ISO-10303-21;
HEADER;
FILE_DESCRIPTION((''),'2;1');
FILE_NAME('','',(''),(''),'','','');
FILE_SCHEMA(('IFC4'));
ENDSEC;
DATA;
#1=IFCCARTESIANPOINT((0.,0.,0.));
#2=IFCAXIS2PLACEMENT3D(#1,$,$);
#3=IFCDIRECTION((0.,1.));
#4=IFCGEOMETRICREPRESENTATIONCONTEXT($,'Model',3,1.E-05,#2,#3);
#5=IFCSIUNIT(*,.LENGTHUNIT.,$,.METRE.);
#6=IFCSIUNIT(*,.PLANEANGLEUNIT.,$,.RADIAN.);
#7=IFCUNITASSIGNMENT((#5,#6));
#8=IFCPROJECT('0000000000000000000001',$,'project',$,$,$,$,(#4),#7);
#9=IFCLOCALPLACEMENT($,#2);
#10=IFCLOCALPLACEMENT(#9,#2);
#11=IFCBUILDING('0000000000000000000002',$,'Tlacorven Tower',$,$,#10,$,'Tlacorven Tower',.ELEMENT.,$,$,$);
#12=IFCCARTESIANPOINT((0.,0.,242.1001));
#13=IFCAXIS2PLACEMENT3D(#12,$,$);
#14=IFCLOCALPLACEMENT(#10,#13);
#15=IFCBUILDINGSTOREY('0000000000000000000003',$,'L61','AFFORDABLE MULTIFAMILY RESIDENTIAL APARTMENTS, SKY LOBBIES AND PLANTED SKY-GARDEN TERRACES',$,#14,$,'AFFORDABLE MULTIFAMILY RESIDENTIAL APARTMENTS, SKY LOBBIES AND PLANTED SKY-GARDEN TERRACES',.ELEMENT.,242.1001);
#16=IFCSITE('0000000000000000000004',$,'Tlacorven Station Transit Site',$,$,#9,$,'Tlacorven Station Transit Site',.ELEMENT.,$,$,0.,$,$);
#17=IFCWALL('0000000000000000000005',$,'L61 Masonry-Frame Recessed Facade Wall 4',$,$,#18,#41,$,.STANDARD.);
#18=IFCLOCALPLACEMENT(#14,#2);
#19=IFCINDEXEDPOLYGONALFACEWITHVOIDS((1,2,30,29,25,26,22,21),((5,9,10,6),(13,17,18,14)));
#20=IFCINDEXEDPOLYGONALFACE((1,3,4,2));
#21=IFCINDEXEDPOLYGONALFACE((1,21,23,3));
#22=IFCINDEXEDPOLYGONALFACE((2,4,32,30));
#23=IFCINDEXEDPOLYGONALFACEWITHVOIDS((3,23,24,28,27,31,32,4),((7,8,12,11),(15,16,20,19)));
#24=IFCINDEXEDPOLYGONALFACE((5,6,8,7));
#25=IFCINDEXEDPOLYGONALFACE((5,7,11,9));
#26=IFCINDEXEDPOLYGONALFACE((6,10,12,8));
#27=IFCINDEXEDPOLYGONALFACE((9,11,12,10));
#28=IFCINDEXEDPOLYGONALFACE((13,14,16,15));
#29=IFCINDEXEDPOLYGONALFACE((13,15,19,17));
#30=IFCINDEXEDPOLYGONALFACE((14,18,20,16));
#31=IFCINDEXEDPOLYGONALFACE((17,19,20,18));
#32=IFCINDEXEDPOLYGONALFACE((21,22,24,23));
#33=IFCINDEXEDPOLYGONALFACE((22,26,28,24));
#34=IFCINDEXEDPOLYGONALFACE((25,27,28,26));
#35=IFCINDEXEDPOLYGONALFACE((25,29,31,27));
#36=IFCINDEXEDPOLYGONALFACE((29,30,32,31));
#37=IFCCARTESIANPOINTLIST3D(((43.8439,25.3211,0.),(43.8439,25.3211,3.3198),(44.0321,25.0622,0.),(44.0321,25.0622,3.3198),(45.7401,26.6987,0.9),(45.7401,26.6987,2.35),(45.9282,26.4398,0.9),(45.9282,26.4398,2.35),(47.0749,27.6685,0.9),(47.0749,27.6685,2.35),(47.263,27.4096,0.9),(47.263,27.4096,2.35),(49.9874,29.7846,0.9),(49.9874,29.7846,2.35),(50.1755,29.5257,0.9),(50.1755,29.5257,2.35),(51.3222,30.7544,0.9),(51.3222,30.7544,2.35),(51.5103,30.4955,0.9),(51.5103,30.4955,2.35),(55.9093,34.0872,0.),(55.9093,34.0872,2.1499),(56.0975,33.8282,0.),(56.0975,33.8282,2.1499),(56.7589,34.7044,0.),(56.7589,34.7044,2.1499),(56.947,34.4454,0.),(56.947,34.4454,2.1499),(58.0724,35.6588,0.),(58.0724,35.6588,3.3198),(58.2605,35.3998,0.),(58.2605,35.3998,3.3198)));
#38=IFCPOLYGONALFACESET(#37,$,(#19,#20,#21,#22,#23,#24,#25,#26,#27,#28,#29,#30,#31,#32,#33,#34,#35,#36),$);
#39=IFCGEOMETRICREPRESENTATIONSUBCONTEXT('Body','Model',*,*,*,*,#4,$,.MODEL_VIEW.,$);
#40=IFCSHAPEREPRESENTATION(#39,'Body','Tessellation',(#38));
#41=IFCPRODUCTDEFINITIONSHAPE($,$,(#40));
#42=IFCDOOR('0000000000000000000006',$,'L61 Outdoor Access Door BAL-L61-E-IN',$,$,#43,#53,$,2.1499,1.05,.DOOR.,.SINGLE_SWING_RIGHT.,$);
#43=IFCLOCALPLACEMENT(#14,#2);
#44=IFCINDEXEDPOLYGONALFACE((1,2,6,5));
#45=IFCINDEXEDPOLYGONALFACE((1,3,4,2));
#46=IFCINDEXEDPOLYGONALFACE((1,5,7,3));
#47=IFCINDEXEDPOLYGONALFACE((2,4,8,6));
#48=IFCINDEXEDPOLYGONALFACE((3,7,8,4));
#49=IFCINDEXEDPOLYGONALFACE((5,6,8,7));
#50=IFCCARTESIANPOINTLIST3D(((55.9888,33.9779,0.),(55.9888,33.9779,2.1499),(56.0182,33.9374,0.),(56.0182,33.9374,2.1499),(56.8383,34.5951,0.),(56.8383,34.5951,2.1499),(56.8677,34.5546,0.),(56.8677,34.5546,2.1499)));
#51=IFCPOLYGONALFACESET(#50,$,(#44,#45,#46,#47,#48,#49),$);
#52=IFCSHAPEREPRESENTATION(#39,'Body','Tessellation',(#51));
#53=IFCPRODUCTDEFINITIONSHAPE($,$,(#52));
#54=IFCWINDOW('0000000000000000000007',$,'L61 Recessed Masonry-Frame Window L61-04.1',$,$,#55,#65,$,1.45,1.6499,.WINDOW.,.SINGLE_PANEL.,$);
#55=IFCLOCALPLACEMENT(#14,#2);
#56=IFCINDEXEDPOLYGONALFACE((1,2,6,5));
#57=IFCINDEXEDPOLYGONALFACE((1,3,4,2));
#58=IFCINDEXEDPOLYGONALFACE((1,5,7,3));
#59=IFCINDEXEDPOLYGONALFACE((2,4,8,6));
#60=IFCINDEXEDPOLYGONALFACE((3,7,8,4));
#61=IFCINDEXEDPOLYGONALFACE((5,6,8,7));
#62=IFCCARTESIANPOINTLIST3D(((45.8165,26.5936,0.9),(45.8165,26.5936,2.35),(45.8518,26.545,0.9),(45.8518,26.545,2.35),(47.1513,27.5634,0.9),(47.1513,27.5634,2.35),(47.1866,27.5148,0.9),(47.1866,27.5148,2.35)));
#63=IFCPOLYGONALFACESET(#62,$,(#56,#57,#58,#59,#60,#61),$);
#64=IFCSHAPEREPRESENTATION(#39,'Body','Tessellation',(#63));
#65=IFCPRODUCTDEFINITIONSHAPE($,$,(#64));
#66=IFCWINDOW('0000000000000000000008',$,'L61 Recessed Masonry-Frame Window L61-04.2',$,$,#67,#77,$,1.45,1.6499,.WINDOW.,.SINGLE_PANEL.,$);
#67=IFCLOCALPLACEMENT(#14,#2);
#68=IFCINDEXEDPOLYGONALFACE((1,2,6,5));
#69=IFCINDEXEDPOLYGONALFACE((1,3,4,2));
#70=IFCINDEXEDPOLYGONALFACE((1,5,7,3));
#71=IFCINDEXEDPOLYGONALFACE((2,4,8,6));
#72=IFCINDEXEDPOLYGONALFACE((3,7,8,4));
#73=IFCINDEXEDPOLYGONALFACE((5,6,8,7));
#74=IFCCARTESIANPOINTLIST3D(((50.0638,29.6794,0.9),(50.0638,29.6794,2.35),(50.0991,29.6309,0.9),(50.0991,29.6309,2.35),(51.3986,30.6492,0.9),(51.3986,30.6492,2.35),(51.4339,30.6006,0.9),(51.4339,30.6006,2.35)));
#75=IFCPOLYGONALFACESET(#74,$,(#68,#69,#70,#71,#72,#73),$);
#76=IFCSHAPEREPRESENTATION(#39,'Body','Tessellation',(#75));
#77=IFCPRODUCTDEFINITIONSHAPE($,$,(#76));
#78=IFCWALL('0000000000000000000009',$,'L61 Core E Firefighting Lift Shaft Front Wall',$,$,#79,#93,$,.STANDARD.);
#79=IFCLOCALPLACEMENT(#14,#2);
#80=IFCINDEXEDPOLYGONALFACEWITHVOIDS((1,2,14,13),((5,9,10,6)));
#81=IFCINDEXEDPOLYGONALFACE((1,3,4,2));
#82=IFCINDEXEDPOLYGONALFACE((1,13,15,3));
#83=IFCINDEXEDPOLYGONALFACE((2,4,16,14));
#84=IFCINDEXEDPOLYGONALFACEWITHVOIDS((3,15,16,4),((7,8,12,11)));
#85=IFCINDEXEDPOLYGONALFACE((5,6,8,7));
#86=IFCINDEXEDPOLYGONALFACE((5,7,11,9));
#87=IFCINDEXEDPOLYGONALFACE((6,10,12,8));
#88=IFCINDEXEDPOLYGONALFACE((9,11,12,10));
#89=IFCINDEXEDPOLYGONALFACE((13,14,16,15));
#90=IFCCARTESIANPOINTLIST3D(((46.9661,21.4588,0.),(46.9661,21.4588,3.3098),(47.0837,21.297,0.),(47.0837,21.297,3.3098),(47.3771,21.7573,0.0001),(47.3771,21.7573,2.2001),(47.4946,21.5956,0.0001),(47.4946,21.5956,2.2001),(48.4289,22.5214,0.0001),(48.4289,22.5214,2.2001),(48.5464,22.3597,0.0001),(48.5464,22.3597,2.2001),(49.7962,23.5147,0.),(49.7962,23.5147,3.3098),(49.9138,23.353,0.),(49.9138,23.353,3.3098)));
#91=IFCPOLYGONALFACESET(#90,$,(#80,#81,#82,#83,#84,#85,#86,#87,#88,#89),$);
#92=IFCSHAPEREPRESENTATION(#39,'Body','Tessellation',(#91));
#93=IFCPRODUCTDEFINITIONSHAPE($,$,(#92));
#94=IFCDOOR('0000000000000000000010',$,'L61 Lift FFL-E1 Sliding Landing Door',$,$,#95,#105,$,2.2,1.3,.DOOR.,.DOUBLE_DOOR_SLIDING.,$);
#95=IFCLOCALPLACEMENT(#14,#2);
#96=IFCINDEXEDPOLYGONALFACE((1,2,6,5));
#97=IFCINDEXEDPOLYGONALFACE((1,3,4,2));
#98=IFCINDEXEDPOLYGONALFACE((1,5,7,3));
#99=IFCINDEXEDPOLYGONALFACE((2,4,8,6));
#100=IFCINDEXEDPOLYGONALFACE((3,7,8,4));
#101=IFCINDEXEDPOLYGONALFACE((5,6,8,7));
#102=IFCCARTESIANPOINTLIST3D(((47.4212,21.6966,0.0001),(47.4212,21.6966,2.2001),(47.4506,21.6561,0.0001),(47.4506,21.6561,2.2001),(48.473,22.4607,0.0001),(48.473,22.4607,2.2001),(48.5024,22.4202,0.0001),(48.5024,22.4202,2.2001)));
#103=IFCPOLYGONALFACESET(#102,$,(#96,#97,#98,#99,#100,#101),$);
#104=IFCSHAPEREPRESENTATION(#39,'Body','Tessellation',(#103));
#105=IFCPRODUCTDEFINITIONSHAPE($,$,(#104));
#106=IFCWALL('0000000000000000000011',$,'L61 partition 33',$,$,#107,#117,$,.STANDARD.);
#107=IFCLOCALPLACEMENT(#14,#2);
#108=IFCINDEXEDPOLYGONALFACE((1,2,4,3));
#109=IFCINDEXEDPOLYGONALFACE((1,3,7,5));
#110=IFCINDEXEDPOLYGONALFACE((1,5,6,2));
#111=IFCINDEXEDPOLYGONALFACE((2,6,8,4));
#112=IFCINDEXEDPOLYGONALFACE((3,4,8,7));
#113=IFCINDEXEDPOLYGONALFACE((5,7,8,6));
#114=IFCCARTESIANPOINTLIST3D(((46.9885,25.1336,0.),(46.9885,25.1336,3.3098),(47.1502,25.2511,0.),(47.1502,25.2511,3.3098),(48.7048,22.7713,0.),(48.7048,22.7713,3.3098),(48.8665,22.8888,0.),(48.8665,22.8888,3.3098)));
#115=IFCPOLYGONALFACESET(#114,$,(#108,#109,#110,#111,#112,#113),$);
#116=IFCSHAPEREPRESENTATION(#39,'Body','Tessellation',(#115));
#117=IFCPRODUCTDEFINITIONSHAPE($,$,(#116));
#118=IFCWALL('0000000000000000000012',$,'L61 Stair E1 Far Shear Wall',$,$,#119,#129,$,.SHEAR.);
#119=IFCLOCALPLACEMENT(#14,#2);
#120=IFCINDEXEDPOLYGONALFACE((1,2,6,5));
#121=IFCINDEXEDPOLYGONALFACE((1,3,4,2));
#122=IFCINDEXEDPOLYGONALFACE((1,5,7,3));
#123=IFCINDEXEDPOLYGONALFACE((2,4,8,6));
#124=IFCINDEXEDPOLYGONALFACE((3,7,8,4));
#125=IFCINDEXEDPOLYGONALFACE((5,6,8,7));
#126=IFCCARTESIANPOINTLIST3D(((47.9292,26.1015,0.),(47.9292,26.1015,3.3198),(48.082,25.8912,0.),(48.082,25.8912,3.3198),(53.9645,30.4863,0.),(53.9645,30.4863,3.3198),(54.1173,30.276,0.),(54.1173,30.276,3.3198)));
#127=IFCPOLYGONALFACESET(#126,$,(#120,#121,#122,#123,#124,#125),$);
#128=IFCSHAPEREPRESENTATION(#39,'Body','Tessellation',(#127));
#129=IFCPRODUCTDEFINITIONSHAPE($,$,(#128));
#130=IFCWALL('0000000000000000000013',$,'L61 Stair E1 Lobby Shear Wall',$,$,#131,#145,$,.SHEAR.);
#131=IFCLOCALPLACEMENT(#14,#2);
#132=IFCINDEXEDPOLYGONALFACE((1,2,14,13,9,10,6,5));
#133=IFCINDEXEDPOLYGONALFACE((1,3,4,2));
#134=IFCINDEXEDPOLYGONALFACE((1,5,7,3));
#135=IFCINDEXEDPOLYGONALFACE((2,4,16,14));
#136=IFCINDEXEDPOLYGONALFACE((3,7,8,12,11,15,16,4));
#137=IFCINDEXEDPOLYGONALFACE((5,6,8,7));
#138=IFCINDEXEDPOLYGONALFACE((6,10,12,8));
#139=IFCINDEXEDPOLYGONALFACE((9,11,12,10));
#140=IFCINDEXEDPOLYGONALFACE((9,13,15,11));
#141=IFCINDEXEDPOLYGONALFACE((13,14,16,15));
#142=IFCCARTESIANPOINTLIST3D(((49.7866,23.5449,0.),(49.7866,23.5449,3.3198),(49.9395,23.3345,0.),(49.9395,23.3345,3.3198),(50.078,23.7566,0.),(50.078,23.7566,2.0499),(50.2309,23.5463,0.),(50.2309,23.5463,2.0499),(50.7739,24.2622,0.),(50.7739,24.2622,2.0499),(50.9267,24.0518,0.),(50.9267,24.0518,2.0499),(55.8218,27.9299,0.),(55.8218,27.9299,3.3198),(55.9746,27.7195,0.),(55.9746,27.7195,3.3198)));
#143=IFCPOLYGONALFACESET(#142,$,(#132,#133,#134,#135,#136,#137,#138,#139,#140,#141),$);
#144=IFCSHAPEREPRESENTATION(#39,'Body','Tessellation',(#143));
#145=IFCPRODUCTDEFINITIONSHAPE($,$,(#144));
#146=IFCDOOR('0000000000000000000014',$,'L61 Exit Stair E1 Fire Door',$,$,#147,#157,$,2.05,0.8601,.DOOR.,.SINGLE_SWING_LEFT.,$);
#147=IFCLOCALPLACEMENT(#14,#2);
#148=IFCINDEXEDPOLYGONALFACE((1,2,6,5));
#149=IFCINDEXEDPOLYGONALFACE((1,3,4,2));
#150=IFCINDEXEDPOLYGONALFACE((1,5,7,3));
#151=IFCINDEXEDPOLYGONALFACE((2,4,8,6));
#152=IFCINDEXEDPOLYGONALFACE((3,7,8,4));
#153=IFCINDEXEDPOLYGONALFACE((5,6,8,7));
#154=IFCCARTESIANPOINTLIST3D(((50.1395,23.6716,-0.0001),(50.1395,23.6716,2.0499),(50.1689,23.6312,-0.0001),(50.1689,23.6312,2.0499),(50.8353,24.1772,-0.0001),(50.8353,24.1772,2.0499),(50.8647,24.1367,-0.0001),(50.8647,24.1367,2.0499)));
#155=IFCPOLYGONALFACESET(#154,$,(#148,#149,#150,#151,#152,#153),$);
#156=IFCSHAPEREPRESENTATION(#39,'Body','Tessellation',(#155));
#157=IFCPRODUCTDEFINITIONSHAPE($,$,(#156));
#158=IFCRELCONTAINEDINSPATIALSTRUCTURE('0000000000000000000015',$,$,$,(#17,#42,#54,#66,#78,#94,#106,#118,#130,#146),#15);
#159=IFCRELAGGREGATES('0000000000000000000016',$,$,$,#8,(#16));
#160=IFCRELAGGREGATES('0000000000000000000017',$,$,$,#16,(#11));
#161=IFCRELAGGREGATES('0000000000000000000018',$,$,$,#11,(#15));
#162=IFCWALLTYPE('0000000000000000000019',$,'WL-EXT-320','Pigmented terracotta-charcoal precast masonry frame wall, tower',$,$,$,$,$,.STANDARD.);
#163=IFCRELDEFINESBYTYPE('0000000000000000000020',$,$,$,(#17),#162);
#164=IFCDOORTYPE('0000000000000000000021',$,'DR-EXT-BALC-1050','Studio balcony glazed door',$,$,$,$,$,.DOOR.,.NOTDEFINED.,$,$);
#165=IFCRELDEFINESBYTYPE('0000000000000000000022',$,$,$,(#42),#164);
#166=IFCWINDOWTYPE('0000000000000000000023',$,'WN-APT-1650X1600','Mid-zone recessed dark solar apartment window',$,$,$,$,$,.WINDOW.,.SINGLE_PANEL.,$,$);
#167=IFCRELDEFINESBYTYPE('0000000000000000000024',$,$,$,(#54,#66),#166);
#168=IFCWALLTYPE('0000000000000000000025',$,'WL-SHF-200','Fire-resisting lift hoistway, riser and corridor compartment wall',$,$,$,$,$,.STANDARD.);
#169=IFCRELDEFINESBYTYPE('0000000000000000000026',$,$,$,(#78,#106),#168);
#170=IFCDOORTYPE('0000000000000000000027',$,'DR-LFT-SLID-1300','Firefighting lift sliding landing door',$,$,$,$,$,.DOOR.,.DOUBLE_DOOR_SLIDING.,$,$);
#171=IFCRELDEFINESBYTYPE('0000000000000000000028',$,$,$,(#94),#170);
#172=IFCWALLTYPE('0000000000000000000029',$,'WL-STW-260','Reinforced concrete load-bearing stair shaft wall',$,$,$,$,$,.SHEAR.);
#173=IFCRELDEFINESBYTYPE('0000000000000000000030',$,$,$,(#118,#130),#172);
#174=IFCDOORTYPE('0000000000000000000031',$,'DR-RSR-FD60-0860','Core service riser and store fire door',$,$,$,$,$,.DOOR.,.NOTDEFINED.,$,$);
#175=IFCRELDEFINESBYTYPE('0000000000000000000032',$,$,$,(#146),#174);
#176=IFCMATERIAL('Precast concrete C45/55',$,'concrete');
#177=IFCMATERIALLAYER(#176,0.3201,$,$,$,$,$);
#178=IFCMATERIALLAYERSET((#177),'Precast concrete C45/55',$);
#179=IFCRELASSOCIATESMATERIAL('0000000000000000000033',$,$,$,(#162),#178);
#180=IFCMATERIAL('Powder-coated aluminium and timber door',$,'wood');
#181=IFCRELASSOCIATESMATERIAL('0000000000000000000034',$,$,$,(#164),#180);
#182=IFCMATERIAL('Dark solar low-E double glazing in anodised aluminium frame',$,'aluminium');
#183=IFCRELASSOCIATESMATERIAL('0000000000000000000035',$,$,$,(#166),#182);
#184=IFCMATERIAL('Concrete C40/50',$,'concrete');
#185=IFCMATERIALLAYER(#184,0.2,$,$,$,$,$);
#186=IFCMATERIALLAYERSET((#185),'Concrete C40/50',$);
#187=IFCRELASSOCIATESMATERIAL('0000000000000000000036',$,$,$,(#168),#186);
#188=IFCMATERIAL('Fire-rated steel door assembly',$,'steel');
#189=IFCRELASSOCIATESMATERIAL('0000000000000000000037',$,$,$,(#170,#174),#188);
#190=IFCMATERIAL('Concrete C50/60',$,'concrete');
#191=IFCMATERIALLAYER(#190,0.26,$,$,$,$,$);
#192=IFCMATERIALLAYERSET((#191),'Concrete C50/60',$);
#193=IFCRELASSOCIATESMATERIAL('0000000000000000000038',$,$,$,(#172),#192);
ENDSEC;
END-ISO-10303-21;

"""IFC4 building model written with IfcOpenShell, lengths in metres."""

from ifc_helpers import new_model, si_unit, direction, frame, frame_2d, origin, place, context, subcontext, project, spatial, rectangle, extrude, source, transform, mapped, material, layer, layer_set, type_object, element, fill, save


model = new_model("IFC4")

# Units and contexts
model_context = context("Model", 3, precision=1e-05, world=origin(), true_north=direction((0.0, 1.0)))
body_context = subcontext(model_context, "Body", "Model", "MODEL_VIEW")
ifc_project = project(units=[si_unit("LENGTHUNIT", "METRE"), si_unit("PLANEANGLEUNIT", "RADIAN")], contexts=[model_context])

# Site, building, storey
site_placement = place(None, origin())
site = spatial("IfcSite", under=ifc_project, at=site_placement, Name="Tlacorven Station Transit Site", LongName="Tlacorven Station Transit Site", CompositionType="ELEMENT", RefElevation=0.0)
building_placement = place(site_placement, origin())
building = spatial("IfcBuilding", under=site, at=building_placement, Name="Tlacorven Tower", LongName="Tlacorven Tower", CompositionType="ELEMENT")
storey_placement = place(building_placement, frame((0.0, 0.0, 242.1001)))
storey = spatial("IfcBuildingStorey", under=building, at=storey_placement, Name="L61", Description="AFFORDABLE MULTIFAMILY RESIDENTIAL APARTMENTS, SKY LOBBIES AND PLANTED SKY-GARDEN TERRACES", LongName="AFFORDABLE MULTIFAMILY RESIDENTIAL APARTMENTS, SKY LOBBIES AND PLANTED SKY-GARDEN TERRACES", CompositionType="ELEMENT", Elevation=242.1001)

# Shared definitions
ifc_material_1 = material(Name="Concrete C50/60", Category="concrete")

# Wall, openings, door, windows
ifc_material_2 = material(Name="Precast concrete C45/55", Category="concrete")
ifc_layer_1 = layer(ifc_material_2, 0.3201)
ifc_layer_set_1 = layer_set([ifc_layer_1], Name="Precast concrete C45/55")
wall_type_1 = type_object("IfcWallType", Name="WL-EXT-320", Description="Pigmented terracotta-charcoal precast masonry frame wall, tower", PredefinedType="STANDARD", material=ifc_layer_set_1)
wall_1_placement = place(storey_placement, frame((43.938, 25.1917, 0.0), z_axis=(0.0, 0.0, 1.0), x_axis=(0.809016, 0.587786, 0.0)))
wall_1 = element("IfcWall", 1, at=wall_1_placement, inside=storey, type_object=wall_type_1, Name="L61 Masonry-Frame Recessed Facade Wall 4", PredefinedType="STANDARD", context=body_context, shape_type="SweptSolid", body=[
    extrude(rectangle(XDim=17.5874, YDim=0.3201, at=frame_2d((8.7937, 0.0))), origin(), (0.0, 0.0, 1.0), 3.3198),
])
opening_1_placement = place(wall_1_placement, frame((14.9138, 0.0, 0.0)))
opening_1 = element("IfcOpeningElement", 2, at=opening_1_placement, cuts=wall_1, PredefinedType="OPENING", context=body_context, shape_type="SweptSolid", body=[
    extrude(rectangle(XDim=1.05, YDim=2.1499, at=frame_2d((0.5249, 1.075))), frame((0.0, 0.1699, 0.0), z_axis=(0.0, -1.0, 0.0), x_axis=(1.0, 0.0, 0.0)), (0.0, 0.0, 1.0), 0.3401),
])
opening_2_placement = place(wall_1_placement, frame((2.3438, 0.0, 0.8999)))
opening_2 = element("IfcOpeningElement", 3, at=opening_2_placement, cuts=wall_1, PredefinedType="OPENING", context=body_context, shape_type="SweptSolid", body=[
    extrude(rectangle(XDim=1.6499, YDim=1.45, at=frame_2d((0.825, 0.7251))), frame((0.0, 0.1699, 0.0), z_axis=(0.0, -1.0, 0.0), x_axis=(1.0, 0.0, 0.0)), (0.0, 0.0, 1.0), 0.3401),
])
opening_3_placement = place(wall_1_placement, frame((7.5938, 0.0, 0.8999)))
opening_3 = element("IfcOpeningElement", 4, at=opening_3_placement, cuts=wall_1, PredefinedType="OPENING", context=body_context, shape_type="SweptSolid", body=[
    extrude(rectangle(XDim=1.6499, YDim=1.45, at=frame_2d((0.825, 0.7251))), frame((0.0, 0.1699, 0.0), z_axis=(0.0, -1.0, 0.0), x_axis=(1.0, 0.0, 0.0)), (0.0, 0.0, 1.0), 0.3401),
])
ifc_material_3 = material(Name="Powder-coated aluminium and timber door", Category="wood")
door_type_1 = type_object("IfcDoorType", Name="DR-EXT-BALC-1050", Description="Studio balcony glazed door", OperationType="NOTDEFINED", PredefinedType="DOOR", material=ifc_material_3)
shared_shape_1 = source(origin(), body_context, "Body", "SweptSolid", [
    extrude(rectangle(XDim=1.05, YDim=2.1499, at=frame_2d((0.5249, 1.075))), frame((0.0, 0.0249, 0.0), z_axis=(0.0, -1.0, 0.0), x_axis=(1.0, 0.0, 0.0)), (0.0, 0.0, 1.0), 0.05),
])
door_1_placement = place(opening_1_placement, origin())
door_1 = element("IfcDoor", 5, at=door_1_placement, inside=storey, type_object=door_type_1, Name="L61 Outdoor Access Door BAL-L61-E-IN", OperationType="SINGLE_SWING_RIGHT", OverallHeight=2.1499, OverallWidth=1.05, PredefinedType="DOOR", context=body_context, shape_type="MappedRepresentation", body=[
    mapped(shared_shape_1, transform((0.0, 0.0, 0.0), scale=1.0)),
])
fill(opening_1, door_1)
ifc_material_4 = material(Name="Dark solar low-E double glazing in anodised aluminium frame", Category="aluminium")
window_type = type_object("IfcWindowType", Name="WN-APT-1650X1600", Description="Mid-zone recessed dark solar apartment window", PartitioningType="SINGLE_PANEL", PredefinedType="WINDOW", material=ifc_material_4)
shared_shape_2 = source(origin(), body_context, "Body", "SweptSolid", [
    extrude(rectangle(XDim=1.6499, YDim=1.45, at=frame_2d((0.825, 0.7251))), frame((0.0, 0.03, 0.0), z_axis=(0.0, -1.0, 0.0), x_axis=(1.0, 0.0, 0.0)), (0.0, 0.0, 1.0), 0.0601),
])
window_1_placement = place(opening_2_placement, origin())
window_1 = element("IfcWindow", 6, at=window_1_placement, inside=storey, type_object=window_type, Name="L61 Recessed Masonry-Frame Window L61-04.1", OverallHeight=1.45, OverallWidth=1.6499, PartitioningType="SINGLE_PANEL", PredefinedType="WINDOW", context=body_context, shape_type="MappedRepresentation", body=[
    mapped(shared_shape_2, transform((0.0, 0.0, 0.0), scale=1.0)),
])
fill(opening_2, window_1)
window_2_placement = place(opening_3_placement, origin())
window_2 = element("IfcWindow", 7, at=window_2_placement, inside=storey, type_object=window_type, Name="L61 Recessed Masonry-Frame Window L61-04.2", OverallHeight=1.45, OverallWidth=1.6499, PartitioningType="SINGLE_PANEL", PredefinedType="WINDOW", context=body_context, shape_type="MappedRepresentation", body=[
    mapped(shared_shape_2, transform((0.0, 0.0, 0.0), scale=1.0)),
])
fill(opening_3, window_2)

# Wall, opening, door
ifc_material_5 = material(Name="Concrete C40/50", Category="concrete")
ifc_layer_2 = layer(ifc_material_5, 0.2)
ifc_layer_set_2 = layer_set([ifc_layer_2], Name="Concrete C40/50")
wall_type_2 = type_object("IfcWallType", Name="WL-SHF-200", Description="Fire-resisting lift hoistway, riser and corridor compartment wall", PredefinedType="STANDARD", material=ifc_layer_set_2)
wall_2_placement = place(storey_placement, frame((47.0249, 21.3779, 0.0), z_axis=(0.0, 0.0, 1.0), x_axis=(0.809053, 0.587736, 0.0)))
wall_2 = element("IfcWall", 8, at=wall_2_placement, inside=storey, type_object=wall_type_2, Name="L61 Core E Firefighting Lift Shaft Front Wall", PredefinedType="STANDARD", context=body_context, shape_type="SweptSolid", body=[
    extrude(rectangle(XDim=3.498, YDim=0.2, at=frame_2d((1.749, 0.0))), origin(), (0.0, 0.0, 1.0), 3.3098),
])
opening_4_placement = place(wall_2_placement, frame((0.5081, 0.0, 0.0)))
opening_4 = element("IfcOpeningElement", 9, at=opening_4_placement, cuts=wall_2, PredefinedType="OPENING", context=body_context, shape_type="SweptSolid", body=[
    extrude(rectangle(XDim=1.3, YDim=2.2, at=frame_2d((0.6499, 1.1001))), frame((0.0, 0.1099, 0.0), z_axis=(0.0, -1.0, 0.0), x_axis=(1.0, 0.0, 0.0)), (0.0, 0.0, 1.0), 0.22),
])
ifc_material_6 = material(Name="Fire-rated steel door assembly", Category="steel")
door_type_2 = type_object("IfcDoorType", Name="DR-LFT-SLID-1300", Description="Firefighting lift sliding landing door", OperationType="DOUBLE_DOOR_SLIDING", PredefinedType="DOOR", material=ifc_material_6)
shared_shape_3 = source(origin(), body_context, "Body", "SweptSolid", [
    extrude(rectangle(XDim=1.3, YDim=2.2, at=frame_2d((0.6499, 1.1001))), frame((0.0, 0.0249, 0.0), z_axis=(0.0, -1.0, 0.0), x_axis=(1.0, 0.0, 0.0)), (0.0, 0.0, 1.0), 0.05),
])
door_2_placement = place(opening_4_placement, origin())
door_2 = element("IfcDoor", 10, at=door_2_placement, inside=storey, type_object=door_type_2, Name="L61 Lift FFL-E1 Sliding Landing Door", OperationType="DOUBLE_DOOR_SLIDING", OverallHeight=2.2, OverallWidth=1.3, PredefinedType="DOOR", context=body_context, shape_type="MappedRepresentation", body=[
    mapped(shared_shape_3, transform((0.0, 0.0, 0.0), scale=1.0)),
])
fill(opening_4, door_2)

# Walls
wall_3_placement = place(storey_placement, frame((48.7856, 22.8301, 0.0), z_axis=(0.0, 0.0, 1.0), x_axis=(-0.587784, 0.809018, 0.0)))
element("IfcWall", 11, at=wall_3_placement, inside=storey, type_object=wall_type_2, Name="L61 partition 33", PredefinedType="STANDARD", context=body_context, shape_type="SweptSolid", body=[
    extrude(rectangle(XDim=2.9199, YDim=0.2, at=frame_2d((1.46, 0.0))), origin(), (0.0, 0.0, 1.0), 3.3098),
])
ifc_layer_3 = layer(ifc_material_1, 0.26)
ifc_layer_set_3 = layer_set([ifc_layer_3], Name="Concrete C50/60")
wall_type_3 = type_object("IfcWallType", Name="WL-STW-260", Description="Reinforced concrete load-bearing stair shaft wall", PredefinedType="SHEAR", material=ifc_layer_set_3)
wall_4_placement = place(storey_placement, frame((48.0056, 25.9963, 0.0), z_axis=(0.0, 0.0, 1.0), x_axis=(0.809019, 0.587782, 0.0)))
element("IfcWall", 12, at=wall_4_placement, inside=storey, type_object=wall_type_3, Name="L61 Stair E1 Far Shear Wall", PredefinedType="SHEAR", context=body_context, shape_type="SweptSolid", body=[
    extrude(rectangle(XDim=7.46, YDim=0.26, at=frame_2d((3.73, 0.0))), origin(), (0.0, 0.0, 1.0), 3.3198),
])

# Wall, opening, door
wall_5_placement = place(storey_placement, frame((49.863, 23.4397, 0.0), z_axis=(0.0, 0.0, 1.0), x_axis=(0.809003, 0.587804, 0.0)))
wall_5 = element("IfcWall", 13, at=wall_5_placement, inside=storey, type_object=wall_type_3, Name="L61 Stair E1 Lobby Shear Wall", PredefinedType="SHEAR", context=body_context, shape_type="SweptSolid", body=[
    extrude(rectangle(XDim=7.46, YDim=0.26, at=frame_2d((3.73, 0.0))), origin(), (0.0, 0.0, 1.0), 3.3198),
])
opening_5_placement = place(wall_5_placement, frame((0.3601, 0.0, 0.0)))
opening_5 = element("IfcOpeningElement", 14, at=opening_5_placement, cuts=wall_5, PredefinedType="OPENING", context=body_context, shape_type="SweptSolid", body=[
    extrude(rectangle(XDim=0.8601, YDim=2.05, at=frame_2d((0.4302, 1.0249))), frame((0.0, 0.1401, 0.0), z_axis=(0.0, -1.0, 0.0), x_axis=(1.0, 0.0, 0.0)), (0.0, 0.0, 1.0), 0.28),
])
door_type_3 = type_object("IfcDoorType", Name="DR-RSR-FD60-0860", Description="Core service riser and store fire door", OperationType="NOTDEFINED", PredefinedType="DOOR", material=ifc_material_6)
shared_shape_4 = source(origin(), body_context, "Body", "SweptSolid", [
    extrude(rectangle(XDim=0.8601, YDim=2.05, at=frame_2d((0.4302, 1.0249))), frame((0.0, 0.0249, 0.0), z_axis=(0.0, -1.0, 0.0), x_axis=(1.0, 0.0, 0.0)), (0.0, 0.0, 1.0), 0.05),
])
door_3_placement = place(opening_5_placement, frame((0.8601, 0.0, 0.0), z_axis=(0.0, 0.0, 1.0), x_axis=(-1.0, 0.0, 0.0)))
door_3 = element("IfcDoor", 15, at=door_3_placement, inside=storey, type_object=door_type_3, Name="L61 Exit Stair E1 Fire Door", OperationType="SINGLE_SWING_LEFT", OverallHeight=2.05, OverallWidth=0.8601, PredefinedType="DOOR", context=body_context, shape_type="MappedRepresentation", body=[
    mapped(shared_shape_4, transform((0.0, 0.0, 0.0), scale=1.0)),
])
fill(opening_5, door_3)

save(model, "model.ifc")
